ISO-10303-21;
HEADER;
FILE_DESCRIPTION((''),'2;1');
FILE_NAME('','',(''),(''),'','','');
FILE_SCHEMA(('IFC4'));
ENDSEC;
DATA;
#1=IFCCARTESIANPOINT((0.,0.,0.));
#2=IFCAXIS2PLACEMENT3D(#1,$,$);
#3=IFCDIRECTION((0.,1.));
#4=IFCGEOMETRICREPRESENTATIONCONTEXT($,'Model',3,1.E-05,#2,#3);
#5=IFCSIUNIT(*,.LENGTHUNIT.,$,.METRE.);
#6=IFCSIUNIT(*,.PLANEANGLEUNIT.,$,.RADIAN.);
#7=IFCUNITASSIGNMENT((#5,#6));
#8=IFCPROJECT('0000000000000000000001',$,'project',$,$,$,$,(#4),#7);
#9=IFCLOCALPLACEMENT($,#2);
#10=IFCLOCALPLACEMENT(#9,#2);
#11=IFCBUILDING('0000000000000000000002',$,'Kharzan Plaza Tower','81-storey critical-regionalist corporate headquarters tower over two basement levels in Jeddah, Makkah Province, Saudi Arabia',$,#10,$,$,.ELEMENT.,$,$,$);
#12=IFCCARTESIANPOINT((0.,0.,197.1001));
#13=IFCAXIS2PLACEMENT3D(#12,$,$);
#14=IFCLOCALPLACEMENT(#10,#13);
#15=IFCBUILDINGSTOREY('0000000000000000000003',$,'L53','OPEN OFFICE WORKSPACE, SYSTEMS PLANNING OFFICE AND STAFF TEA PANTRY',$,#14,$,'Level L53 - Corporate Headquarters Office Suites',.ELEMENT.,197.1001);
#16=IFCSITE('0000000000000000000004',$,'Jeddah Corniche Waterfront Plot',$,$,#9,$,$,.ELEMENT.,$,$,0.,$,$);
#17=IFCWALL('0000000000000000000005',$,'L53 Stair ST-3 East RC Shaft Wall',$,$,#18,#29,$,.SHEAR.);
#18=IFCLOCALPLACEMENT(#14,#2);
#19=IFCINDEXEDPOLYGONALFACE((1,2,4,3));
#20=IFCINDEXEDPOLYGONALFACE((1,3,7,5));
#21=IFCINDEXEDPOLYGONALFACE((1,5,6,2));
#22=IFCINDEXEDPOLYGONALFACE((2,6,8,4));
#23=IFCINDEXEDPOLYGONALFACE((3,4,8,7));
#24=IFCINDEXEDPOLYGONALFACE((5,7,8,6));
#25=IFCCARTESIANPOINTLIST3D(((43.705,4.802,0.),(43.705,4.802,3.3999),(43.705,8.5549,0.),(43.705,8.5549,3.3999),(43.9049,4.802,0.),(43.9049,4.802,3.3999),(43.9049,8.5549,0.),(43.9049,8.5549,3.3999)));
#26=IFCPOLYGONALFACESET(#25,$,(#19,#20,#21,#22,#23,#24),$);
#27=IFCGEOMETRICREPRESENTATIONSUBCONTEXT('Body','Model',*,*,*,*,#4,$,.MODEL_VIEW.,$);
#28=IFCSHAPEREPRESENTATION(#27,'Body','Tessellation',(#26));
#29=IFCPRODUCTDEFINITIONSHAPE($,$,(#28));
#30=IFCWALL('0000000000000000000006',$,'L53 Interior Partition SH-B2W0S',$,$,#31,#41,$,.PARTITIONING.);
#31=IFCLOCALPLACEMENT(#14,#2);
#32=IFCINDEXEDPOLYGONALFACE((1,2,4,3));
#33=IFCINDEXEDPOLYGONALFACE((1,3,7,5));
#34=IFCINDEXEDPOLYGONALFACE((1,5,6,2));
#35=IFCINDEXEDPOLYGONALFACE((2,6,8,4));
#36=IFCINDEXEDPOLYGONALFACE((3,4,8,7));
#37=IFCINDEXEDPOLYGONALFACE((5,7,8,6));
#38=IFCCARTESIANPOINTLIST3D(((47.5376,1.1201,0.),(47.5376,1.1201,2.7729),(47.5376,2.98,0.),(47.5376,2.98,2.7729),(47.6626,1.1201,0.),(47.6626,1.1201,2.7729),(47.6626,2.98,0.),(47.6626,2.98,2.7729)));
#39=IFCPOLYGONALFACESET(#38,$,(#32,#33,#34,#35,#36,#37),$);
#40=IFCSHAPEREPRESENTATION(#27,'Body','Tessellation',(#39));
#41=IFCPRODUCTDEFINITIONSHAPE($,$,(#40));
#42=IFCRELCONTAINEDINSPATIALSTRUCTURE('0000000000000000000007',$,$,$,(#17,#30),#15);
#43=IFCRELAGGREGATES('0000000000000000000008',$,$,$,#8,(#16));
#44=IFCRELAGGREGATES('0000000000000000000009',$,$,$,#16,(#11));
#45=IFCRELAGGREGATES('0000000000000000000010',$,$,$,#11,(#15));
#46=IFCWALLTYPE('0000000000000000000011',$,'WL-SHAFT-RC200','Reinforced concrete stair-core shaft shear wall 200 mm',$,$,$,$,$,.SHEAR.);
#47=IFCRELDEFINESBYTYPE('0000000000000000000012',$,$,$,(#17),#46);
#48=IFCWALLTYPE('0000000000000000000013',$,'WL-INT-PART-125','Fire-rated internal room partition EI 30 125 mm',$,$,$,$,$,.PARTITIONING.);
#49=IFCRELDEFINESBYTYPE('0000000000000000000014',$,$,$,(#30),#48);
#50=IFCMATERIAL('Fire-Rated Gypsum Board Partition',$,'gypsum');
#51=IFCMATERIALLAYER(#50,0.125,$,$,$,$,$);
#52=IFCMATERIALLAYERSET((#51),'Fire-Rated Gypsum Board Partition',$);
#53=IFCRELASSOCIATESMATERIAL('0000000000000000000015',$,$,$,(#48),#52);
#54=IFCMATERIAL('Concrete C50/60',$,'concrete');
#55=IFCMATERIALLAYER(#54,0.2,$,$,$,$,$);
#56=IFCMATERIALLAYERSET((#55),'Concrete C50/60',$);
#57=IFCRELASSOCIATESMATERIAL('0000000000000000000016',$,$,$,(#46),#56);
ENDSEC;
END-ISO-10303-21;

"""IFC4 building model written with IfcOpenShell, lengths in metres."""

from ifc_helpers import new_model, si_unit, direction, frame, frame_2d, origin, place, context, subcontext, project, spatial, rectangle, extrude, source, transform, mapped, material, layer, layer_set, type_object, element, save


model = new_model("IFC4")

# Units and contexts
model_context = context("Model", 3, precision=1e-05, world=origin(), true_north=direction((0.0, 1.0)))
body_context = subcontext(model_context, "Body", "Model", "MODEL_VIEW")
ifc_project = project(units=[si_unit("LENGTHUNIT", "METRE"), si_unit("PLANEANGLEUNIT", "RADIAN")], contexts=[model_context])

# Site, building, storey
site_placement = place(None, origin())
site = spatial("IfcSite", under=ifc_project, at=site_placement, Name="Jeddah Corniche Waterfront Plot", CompositionType="ELEMENT", RefElevation=0.0)
building_placement = place(site_placement, origin())
building = spatial("IfcBuilding", under=site, at=building_placement, Name="Kharzan Plaza Tower", Description="81-storey critical-regionalist corporate headquarters tower over two basement levels in Jeddah, Makkah Province, Saudi Arabia", CompositionType="ELEMENT")
storey_placement = place(building_placement, frame((0.0, 0.0, 197.1001)))
storey = spatial("IfcBuildingStorey", under=building, at=storey_placement, Name="L53", Description="OPEN OFFICE WORKSPACE, SYSTEMS PLANNING OFFICE AND STAFF TEA PANTRY", LongName="Level L53 - Corporate Headquarters Office Suites", CompositionType="ELEMENT", Elevation=197.1001)

# Shared definitions
ifc_material_1 = material(Name="Concrete C50/60", Category="concrete")

# Shared definitions
ifc_material_2 = material(Name="Fire-Rated Gypsum Board Partition", Category="gypsum")
ifc_layer_1 = layer(ifc_material_2, 0.125)
ifc_layer_set_1 = layer_set([ifc_layer_1], Name="Fire-Rated Gypsum Board Partition")
wall_type_1 = type_object("IfcWallType", Name="WL-INT-PART-125", Description="Fire-rated internal room partition EI 30 125 mm", PredefinedType="PARTITIONING", material=ifc_layer_set_1)

# Walls
ifc_layer_2 = layer(ifc_material_1, 0.2)
ifc_layer_set_2 = layer_set([ifc_layer_2], Name="Concrete C50/60")
wall_type_2 = type_object("IfcWallType", Name="WL-SHAFT-RC200", Description="Reinforced concrete stair-core shaft shear wall 200 mm", PredefinedType="SHEAR", material=ifc_layer_set_2)
shared_shape_1 = source(origin(), body_context, "Body", "SweptSolid", [
    extrude(rectangle(XDim=3.7529, YDim=0.2, at=frame_2d((1.8765, 0.0))), origin(), (0.0, 0.0, 1.0), 3.3999),
])
wall_1_placement = place(storey_placement, frame((43.8049, 4.802, 0.0), z_axis=(0.0, 0.0, 1.0), x_axis=(0.0, 1.0, 0.0)))
element("IfcWall", 1, at=wall_1_placement, inside=storey, type_object=wall_type_2, Name="L53 Stair ST-3 East RC Shaft Wall", PredefinedType="SHEAR", context=body_context, shape_type="MappedRepresentation", body=[
    mapped(shared_shape_1, transform((0.0, 0.0, 0.0), x_axis=(1.0, 0.0, 0.0), y_axis=(0.0, 1.0, 0.0), z_axis=(0.0, 0.0, 1.0))),
])
shared_shape_2 = source(origin(), body_context, "Body", "SweptSolid", [
    extrude(rectangle(XDim=1.8599, YDim=0.125, at=frame_2d((0.9299, 0.0))), origin(), (0.0, 0.0, 1.0), 2.7729),
])
wall_2_placement = place(storey_placement, frame((47.6001, 1.1201, 0.0), z_axis=(0.0, 0.0, 1.0), x_axis=(0.0, 1.0, 0.0)))
element("IfcWall", 2, at=wall_2_placement, inside=storey, type_object=wall_type_1, Name="L53 Interior Partition SH-B2W0S", PredefinedType="PARTITIONING", context=body_context, shape_type="MappedRepresentation", body=[
    mapped(shared_shape_2, transform((0.0, 0.0, 0.0), x_axis=(1.0, 0.0, 0.0), y_axis=(0.0, 1.0, 0.0), z_axis=(0.0, 0.0, 1.0))),
])

save(model, "model.ifc")
